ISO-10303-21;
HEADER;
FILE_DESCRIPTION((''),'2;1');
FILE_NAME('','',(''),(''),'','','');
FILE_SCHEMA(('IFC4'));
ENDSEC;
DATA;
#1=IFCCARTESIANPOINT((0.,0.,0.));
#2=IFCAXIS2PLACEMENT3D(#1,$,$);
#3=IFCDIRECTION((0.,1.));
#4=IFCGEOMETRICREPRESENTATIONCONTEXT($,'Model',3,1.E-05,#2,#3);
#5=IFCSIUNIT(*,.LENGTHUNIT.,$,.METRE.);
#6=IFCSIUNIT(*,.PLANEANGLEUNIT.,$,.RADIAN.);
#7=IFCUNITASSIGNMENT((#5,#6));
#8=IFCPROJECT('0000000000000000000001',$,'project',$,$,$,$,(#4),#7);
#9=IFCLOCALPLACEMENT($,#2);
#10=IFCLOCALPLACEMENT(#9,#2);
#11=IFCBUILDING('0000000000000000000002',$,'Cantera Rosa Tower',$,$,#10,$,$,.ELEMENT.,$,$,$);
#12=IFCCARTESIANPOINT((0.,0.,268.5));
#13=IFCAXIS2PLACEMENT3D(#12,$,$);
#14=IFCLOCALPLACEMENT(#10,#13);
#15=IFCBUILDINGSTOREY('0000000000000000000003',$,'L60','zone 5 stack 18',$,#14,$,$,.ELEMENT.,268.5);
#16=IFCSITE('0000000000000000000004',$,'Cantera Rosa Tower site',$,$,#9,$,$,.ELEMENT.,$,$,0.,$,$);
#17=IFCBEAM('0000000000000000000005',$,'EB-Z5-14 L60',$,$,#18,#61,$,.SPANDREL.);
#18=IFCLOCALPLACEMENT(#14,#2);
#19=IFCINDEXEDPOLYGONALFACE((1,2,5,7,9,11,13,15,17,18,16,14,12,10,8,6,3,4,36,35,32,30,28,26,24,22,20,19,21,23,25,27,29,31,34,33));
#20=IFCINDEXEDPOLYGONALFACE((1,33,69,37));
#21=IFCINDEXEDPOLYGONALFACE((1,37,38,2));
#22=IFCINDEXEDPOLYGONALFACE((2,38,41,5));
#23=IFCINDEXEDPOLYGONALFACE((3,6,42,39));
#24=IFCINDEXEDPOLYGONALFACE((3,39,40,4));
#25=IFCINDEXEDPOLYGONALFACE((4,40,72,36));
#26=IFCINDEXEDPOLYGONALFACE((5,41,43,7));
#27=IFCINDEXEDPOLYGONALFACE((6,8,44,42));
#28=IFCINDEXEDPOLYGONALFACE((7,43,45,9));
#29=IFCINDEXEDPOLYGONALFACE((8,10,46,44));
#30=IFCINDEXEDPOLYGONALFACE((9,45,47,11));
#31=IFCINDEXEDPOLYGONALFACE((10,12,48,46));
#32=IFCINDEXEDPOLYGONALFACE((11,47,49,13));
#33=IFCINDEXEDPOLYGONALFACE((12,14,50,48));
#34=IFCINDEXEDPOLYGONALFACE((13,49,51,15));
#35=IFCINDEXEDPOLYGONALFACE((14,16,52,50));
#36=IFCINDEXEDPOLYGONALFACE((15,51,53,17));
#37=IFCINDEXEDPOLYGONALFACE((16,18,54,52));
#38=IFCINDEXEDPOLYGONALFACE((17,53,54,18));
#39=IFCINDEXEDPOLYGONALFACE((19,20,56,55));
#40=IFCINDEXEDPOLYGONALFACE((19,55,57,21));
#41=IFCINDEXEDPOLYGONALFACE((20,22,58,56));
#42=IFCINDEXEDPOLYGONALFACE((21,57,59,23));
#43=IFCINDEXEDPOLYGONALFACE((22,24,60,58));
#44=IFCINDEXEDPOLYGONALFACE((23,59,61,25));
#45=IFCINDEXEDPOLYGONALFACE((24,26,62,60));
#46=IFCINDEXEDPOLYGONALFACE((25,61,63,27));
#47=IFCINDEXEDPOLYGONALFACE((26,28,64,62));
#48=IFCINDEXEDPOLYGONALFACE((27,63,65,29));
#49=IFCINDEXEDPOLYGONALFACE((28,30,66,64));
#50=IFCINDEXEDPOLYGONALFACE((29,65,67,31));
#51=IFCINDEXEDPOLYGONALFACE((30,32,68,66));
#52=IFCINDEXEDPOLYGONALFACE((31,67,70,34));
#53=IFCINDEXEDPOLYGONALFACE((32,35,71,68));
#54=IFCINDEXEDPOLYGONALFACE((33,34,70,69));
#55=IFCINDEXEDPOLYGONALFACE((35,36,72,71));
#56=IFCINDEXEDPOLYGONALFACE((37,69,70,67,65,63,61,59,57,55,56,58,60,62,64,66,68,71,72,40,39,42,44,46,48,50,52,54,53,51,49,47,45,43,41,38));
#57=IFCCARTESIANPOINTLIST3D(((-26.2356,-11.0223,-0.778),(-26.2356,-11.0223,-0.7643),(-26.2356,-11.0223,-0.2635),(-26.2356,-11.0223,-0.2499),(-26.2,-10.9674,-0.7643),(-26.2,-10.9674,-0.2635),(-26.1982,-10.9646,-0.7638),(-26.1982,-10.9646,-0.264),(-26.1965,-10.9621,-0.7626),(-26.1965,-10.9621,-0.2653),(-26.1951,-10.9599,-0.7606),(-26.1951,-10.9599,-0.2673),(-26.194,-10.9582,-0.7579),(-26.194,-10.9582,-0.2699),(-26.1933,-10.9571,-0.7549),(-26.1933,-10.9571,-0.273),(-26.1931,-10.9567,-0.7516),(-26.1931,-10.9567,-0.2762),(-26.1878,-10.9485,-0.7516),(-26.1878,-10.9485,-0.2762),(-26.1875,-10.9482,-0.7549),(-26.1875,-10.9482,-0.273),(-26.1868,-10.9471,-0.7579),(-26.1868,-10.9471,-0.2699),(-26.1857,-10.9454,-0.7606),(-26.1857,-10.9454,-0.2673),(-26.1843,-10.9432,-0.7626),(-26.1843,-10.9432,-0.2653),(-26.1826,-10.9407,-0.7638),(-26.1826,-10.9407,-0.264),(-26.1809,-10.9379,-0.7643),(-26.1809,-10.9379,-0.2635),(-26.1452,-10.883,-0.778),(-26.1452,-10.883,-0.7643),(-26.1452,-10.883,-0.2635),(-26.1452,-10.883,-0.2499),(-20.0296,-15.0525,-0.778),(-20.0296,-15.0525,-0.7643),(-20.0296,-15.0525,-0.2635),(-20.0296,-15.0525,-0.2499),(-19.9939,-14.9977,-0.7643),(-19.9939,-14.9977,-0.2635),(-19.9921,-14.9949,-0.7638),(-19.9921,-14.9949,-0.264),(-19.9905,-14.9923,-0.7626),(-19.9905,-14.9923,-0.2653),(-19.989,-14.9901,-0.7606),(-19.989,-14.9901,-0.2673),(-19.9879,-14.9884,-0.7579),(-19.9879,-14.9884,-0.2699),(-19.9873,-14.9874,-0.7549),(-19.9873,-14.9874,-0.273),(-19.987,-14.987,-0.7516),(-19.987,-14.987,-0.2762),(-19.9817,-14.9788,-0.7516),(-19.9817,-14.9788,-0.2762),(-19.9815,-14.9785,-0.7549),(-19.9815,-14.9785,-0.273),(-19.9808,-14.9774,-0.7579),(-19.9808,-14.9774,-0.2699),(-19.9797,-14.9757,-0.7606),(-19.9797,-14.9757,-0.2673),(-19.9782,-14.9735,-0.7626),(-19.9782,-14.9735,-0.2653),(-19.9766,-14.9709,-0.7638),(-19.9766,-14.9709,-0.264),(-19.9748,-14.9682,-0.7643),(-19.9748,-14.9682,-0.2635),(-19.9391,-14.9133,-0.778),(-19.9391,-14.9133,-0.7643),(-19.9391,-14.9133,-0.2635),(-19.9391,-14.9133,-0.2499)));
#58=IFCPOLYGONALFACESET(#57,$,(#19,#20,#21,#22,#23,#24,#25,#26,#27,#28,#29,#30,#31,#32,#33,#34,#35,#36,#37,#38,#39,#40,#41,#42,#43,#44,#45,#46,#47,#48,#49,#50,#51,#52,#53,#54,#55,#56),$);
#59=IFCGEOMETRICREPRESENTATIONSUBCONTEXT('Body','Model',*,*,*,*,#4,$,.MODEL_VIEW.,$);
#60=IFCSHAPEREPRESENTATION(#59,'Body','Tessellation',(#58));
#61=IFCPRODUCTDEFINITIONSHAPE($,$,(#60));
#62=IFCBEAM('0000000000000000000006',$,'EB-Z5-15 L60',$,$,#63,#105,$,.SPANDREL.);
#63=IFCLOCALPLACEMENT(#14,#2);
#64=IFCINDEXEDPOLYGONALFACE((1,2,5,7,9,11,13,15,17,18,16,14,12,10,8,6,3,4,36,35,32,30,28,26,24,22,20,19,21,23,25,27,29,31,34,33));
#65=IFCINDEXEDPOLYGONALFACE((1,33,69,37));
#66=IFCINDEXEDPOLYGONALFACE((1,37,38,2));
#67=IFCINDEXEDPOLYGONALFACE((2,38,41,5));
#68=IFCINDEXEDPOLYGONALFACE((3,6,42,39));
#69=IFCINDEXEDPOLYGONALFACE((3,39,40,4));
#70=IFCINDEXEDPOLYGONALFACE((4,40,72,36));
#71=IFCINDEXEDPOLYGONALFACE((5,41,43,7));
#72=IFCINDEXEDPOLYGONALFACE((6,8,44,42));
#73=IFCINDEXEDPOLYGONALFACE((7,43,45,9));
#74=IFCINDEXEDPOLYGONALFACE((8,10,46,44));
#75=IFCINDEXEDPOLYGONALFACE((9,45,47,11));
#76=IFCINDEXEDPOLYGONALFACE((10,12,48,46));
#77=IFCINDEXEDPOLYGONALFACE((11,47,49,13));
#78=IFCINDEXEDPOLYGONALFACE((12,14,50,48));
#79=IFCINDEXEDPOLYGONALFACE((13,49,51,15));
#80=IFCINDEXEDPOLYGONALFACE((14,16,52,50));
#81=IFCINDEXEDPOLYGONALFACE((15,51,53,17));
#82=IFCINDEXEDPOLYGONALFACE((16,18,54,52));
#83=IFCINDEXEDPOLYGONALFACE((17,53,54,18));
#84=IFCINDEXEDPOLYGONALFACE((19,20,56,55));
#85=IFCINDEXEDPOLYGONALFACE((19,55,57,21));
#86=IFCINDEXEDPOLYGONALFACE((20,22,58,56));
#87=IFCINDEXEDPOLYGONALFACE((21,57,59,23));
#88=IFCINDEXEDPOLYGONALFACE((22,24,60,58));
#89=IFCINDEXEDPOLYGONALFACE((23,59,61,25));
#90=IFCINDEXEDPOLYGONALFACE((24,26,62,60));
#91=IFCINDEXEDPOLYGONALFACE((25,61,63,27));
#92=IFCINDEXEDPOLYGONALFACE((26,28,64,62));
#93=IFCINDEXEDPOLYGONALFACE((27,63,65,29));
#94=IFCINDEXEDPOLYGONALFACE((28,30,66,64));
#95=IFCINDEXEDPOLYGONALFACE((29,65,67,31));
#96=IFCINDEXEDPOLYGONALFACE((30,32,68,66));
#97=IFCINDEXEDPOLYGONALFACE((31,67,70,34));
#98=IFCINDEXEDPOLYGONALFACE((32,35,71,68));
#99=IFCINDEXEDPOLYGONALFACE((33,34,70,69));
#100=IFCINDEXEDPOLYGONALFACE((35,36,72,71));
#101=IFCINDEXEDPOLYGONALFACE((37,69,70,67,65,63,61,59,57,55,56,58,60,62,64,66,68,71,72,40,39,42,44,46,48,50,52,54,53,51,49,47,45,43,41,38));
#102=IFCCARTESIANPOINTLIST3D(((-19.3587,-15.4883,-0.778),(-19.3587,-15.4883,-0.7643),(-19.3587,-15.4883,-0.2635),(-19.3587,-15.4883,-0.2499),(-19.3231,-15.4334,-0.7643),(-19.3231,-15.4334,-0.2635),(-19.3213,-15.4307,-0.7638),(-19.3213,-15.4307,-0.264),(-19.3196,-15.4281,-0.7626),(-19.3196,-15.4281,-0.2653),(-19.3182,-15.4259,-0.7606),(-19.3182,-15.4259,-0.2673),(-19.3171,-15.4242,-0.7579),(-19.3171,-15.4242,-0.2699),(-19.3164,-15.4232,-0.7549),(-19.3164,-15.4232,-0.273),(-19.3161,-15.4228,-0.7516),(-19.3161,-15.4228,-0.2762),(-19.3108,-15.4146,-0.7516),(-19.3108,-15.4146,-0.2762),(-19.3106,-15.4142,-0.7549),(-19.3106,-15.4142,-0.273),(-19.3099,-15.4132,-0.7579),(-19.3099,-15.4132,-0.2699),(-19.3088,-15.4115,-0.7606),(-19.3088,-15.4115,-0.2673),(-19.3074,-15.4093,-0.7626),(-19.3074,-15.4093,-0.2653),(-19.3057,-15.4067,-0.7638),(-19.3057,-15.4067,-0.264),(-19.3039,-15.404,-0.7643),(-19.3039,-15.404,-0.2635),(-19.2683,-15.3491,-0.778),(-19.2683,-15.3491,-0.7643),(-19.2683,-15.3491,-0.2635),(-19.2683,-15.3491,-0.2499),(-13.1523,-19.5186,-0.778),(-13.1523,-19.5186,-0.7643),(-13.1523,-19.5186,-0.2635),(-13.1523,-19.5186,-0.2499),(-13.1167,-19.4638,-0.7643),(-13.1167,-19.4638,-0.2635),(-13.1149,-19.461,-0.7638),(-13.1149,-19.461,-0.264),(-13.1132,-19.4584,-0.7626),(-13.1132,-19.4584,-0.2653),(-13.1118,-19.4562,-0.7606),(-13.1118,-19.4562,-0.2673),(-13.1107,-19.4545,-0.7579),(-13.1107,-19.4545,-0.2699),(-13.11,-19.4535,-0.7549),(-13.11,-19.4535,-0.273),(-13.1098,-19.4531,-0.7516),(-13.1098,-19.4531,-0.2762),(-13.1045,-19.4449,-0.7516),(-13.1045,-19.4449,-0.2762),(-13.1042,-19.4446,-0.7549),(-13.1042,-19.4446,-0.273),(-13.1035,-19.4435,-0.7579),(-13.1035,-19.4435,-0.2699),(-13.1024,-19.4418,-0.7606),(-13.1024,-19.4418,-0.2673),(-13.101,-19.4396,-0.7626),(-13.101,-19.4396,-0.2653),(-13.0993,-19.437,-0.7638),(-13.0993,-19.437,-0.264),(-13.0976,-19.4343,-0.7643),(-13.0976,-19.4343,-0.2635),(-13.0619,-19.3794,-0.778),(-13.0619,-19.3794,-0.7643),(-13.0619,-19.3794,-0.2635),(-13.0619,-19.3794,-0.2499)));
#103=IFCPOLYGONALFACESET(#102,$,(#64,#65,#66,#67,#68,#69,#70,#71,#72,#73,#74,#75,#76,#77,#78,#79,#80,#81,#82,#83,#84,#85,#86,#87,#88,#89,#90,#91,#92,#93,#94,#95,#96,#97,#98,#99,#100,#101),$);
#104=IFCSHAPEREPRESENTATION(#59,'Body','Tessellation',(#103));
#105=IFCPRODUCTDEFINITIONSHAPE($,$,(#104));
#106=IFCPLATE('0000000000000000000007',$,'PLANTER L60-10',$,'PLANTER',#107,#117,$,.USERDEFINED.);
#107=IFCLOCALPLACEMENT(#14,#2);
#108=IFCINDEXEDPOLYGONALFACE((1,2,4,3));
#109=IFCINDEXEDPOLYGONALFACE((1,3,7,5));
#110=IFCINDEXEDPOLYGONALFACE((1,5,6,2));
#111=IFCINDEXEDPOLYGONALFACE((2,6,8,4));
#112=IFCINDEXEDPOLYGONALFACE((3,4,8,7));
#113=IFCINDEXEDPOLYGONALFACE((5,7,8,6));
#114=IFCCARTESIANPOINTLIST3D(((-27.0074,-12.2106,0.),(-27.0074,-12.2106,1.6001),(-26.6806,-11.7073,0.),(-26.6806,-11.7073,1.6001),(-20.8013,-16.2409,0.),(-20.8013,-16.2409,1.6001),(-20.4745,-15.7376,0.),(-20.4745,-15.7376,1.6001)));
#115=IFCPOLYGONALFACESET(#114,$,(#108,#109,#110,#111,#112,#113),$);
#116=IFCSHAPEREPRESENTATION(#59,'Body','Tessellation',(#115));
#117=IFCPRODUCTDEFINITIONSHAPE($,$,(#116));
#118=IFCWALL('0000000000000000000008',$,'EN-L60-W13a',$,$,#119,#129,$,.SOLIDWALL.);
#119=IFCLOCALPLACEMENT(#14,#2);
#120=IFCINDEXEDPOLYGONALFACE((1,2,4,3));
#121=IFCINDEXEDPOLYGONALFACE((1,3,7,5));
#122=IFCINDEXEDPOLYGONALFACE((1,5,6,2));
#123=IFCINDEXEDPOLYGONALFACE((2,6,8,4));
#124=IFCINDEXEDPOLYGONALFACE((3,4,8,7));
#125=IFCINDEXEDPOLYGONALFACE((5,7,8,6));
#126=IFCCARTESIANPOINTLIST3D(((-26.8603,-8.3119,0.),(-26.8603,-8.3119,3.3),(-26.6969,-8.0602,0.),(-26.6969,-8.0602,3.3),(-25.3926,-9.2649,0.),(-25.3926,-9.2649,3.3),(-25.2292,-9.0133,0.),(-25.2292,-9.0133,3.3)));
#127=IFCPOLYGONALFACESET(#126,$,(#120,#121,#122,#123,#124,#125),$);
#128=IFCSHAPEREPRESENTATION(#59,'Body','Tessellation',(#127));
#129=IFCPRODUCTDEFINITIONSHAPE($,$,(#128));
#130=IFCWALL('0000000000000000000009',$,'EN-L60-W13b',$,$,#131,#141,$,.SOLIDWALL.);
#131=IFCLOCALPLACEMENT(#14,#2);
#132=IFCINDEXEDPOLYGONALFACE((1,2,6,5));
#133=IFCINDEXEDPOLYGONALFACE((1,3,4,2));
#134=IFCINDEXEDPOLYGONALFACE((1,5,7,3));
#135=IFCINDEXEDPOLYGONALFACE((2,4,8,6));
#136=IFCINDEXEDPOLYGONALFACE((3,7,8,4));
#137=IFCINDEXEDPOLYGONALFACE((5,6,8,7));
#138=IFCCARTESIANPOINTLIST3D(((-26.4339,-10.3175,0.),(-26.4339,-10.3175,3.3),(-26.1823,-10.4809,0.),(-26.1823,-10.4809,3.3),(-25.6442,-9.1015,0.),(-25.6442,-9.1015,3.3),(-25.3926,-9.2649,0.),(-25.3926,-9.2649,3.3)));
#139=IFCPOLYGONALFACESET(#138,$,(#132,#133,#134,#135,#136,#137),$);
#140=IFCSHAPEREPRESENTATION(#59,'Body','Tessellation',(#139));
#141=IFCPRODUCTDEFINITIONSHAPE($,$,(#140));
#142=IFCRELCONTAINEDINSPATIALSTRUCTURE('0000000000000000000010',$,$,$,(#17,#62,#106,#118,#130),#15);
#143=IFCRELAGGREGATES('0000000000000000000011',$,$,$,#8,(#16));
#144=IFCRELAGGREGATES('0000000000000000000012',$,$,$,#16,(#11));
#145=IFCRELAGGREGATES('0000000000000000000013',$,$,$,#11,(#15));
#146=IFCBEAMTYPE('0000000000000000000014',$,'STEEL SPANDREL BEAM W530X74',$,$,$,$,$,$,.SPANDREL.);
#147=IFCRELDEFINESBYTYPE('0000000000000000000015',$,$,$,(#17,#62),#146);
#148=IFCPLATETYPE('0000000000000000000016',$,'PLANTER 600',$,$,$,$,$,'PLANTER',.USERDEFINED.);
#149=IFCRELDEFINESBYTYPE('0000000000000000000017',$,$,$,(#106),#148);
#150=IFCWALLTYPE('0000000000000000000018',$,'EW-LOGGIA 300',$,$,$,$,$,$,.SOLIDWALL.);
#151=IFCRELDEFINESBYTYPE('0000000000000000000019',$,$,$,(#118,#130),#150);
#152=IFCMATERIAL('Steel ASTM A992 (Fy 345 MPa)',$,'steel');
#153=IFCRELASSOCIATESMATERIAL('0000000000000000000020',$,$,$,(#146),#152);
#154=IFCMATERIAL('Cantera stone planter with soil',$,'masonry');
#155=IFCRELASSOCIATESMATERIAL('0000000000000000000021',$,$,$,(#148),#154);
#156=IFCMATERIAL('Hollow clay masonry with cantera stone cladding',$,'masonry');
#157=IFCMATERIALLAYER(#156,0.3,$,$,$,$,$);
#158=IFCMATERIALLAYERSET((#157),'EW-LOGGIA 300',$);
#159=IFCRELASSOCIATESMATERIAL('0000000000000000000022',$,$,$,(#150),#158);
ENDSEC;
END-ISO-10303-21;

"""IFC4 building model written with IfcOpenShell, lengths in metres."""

from ifc_helpers import new_model, si_unit, direction, frame, frame_2d, origin, origin_2d, place, context, subcontext, project, spatial, rectangle, i_section, extrude, material, layer, layer_set, material_profile, profile_set, type_object, element, save


model = new_model("IFC4")

# Units and contexts
model_context = context("Model", 3, precision=1e-05, world=origin(), true_north=direction((0.0, 1.0)))
body_context = subcontext(model_context, "Body", "Model", "MODEL_VIEW")
ifc_project = project(units=[si_unit("LENGTHUNIT", "METRE"), si_unit("PLANEANGLEUNIT", "RADIAN")], contexts=[model_context])

# Site, building, storey
site_placement = place(None, origin())
site = spatial("IfcSite", under=ifc_project, at=site_placement, Name="Cantera Rosa Tower site", CompositionType="ELEMENT", RefElevation=0.0)
building_placement = place(site_placement, origin())
building = spatial("IfcBuilding", under=site, at=building_placement, Name="Cantera Rosa Tower", CompositionType="ELEMENT")
storey_placement = place(building_placement, frame((0.0, 0.0, 268.5)))
storey = spatial("IfcBuildingStorey", under=building, at=storey_placement, Name="L60", Description="zone 5 stack 18", CompositionType="ELEMENT", Elevation=268.5)

# Beams
ifc_material_1 = material(Name="Steel ASTM A992 (Fy 345 MPa)", Category="steel")
ifc_material_profile_1 = material_profile(ifc_material_1, i_section(OverallWidth=0.166, OverallDepth=0.5281, WebThickness=0.0098, FlangeThickness=0.0137, FilletRadius=0.0127, at=origin_2d()), Name="W530X74")
ifc_profile_set_1 = profile_set([ifc_material_profile_1], Name="Steel ASTM A992 (Fy 345 MPa)")
beam_type_1 = type_object("IfcBeamType", Name="STEEL SPANDREL BEAM W530X74", PredefinedType="SPANDREL", material=ifc_profile_set_1)
beam_1_placement = place(storey_placement, frame((-26.1904, -10.9526, -0.5139), z_axis=(0.83867, -0.54464, 0.0), x_axis=(0.54464, 0.83867, 0.0)))
element("IfcBeam", 1, at=beam_1_placement, inside=storey, type_object=beam_type_1, Name="EB-Z5-14 L60", PredefinedType="SPANDREL", context=body_context, shape_type="SweptSolid", body=[
    extrude(i_section(OverallWidth=0.166, OverallDepth=0.5281, WebThickness=0.0098, FlangeThickness=0.0137, FilletRadius=0.0127, at=origin_2d()), origin(), (0.0, 0.0, 1.0), 7.3999),
])
beam_2_placement = place(storey_placement, frame((-19.3135, -15.4187, -0.5139), z_axis=(0.838679, -0.544625, 0.0), x_axis=(0.544625, 0.838679, 0.0)))
element("IfcBeam", 2, at=beam_2_placement, inside=storey, type_object=beam_type_1, Name="EB-Z5-15 L60", PredefinedType="SPANDREL", context=body_context, shape_type="SweptSolid", body=[
    extrude(i_section(OverallWidth=0.166, OverallDepth=0.5281, WebThickness=0.0098, FlangeThickness=0.0137, FilletRadius=0.0127, at=origin_2d()), origin(), (0.0, 0.0, 1.0), 7.4001),
])

# Plate
ifc_material_2 = material(Name="Cantera stone planter with soil", Category="masonry")
plate_type = type_object("IfcPlateType", Name="PLANTER 600", ElementType="PLANTER", PredefinedType="USERDEFINED", material=ifc_material_2)
plate_placement = place(storey_placement, frame((-23.741, -13.9741, 0.0), z_axis=(0.0, 0.0, 1.0), x_axis=(0.838671, -0.544639, 0.0)))
element("IfcPlate", 3, at=plate_placement, inside=storey, type_object=plate_type, Name="PLANTER L60-10", ObjectType="PLANTER", PredefinedType="USERDEFINED", context=body_context, shape_type="SweptSolid", body=[
    extrude(rectangle(XDim=7.3999, YDim=0.6001, at=origin_2d()), origin(), (0.0, 0.0, 1.0), 1.6001),
])

# Walls
ifc_material_3 = material(Name="Hollow clay masonry with cantera stone cladding", Category="masonry")
ifc_layer_1 = layer(ifc_material_3, 0.3)
ifc_layer_set_1 = layer_set([ifc_layer_1], Name="EW-LOGGIA 300")
wall_type_1 = type_object("IfcWallType", Name="EW-LOGGIA 300", PredefinedType="SOLIDWALL", material=ifc_layer_set_1)
wall_1_placement = place(storey_placement, frame((-26.7786, -8.186, 0.0), z_axis=(0.0, 0.0, 1.0), x_axis=(0.838686, -0.544616, 0.0)))
element("IfcWall", 4, at=wall_1_placement, inside=storey, type_object=wall_type_1, Name="EN-L60-W13a", PredefinedType="SOLIDWALL", context=body_context, shape_type="SweptSolid", body=[
    extrude(rectangle(XDim=1.75, YDim=0.3, at=frame_2d((0.875, 0.0))), origin(), (0.0, 0.0, 1.0), 3.3),
])
wall_2_placement = place(storey_placement, frame((-25.5183, -9.1831, 0.0), z_axis=(0.0, 0.0, 1.0), x_axis=(-0.544675, -0.838647, 0.0)))
element("IfcWall", 5, at=wall_2_placement, inside=storey, type_object=wall_type_1, Name="EN-L60-W13b", PredefinedType="SOLIDWALL", context=body_context, shape_type="SweptSolid", body=[
    extrude(rectangle(XDim=1.45, YDim=0.3, at=frame_2d((0.7251, 0.0))), origin(), (0.0, 0.0, 1.0), 3.3),
])

save(model, "model.ifc")
